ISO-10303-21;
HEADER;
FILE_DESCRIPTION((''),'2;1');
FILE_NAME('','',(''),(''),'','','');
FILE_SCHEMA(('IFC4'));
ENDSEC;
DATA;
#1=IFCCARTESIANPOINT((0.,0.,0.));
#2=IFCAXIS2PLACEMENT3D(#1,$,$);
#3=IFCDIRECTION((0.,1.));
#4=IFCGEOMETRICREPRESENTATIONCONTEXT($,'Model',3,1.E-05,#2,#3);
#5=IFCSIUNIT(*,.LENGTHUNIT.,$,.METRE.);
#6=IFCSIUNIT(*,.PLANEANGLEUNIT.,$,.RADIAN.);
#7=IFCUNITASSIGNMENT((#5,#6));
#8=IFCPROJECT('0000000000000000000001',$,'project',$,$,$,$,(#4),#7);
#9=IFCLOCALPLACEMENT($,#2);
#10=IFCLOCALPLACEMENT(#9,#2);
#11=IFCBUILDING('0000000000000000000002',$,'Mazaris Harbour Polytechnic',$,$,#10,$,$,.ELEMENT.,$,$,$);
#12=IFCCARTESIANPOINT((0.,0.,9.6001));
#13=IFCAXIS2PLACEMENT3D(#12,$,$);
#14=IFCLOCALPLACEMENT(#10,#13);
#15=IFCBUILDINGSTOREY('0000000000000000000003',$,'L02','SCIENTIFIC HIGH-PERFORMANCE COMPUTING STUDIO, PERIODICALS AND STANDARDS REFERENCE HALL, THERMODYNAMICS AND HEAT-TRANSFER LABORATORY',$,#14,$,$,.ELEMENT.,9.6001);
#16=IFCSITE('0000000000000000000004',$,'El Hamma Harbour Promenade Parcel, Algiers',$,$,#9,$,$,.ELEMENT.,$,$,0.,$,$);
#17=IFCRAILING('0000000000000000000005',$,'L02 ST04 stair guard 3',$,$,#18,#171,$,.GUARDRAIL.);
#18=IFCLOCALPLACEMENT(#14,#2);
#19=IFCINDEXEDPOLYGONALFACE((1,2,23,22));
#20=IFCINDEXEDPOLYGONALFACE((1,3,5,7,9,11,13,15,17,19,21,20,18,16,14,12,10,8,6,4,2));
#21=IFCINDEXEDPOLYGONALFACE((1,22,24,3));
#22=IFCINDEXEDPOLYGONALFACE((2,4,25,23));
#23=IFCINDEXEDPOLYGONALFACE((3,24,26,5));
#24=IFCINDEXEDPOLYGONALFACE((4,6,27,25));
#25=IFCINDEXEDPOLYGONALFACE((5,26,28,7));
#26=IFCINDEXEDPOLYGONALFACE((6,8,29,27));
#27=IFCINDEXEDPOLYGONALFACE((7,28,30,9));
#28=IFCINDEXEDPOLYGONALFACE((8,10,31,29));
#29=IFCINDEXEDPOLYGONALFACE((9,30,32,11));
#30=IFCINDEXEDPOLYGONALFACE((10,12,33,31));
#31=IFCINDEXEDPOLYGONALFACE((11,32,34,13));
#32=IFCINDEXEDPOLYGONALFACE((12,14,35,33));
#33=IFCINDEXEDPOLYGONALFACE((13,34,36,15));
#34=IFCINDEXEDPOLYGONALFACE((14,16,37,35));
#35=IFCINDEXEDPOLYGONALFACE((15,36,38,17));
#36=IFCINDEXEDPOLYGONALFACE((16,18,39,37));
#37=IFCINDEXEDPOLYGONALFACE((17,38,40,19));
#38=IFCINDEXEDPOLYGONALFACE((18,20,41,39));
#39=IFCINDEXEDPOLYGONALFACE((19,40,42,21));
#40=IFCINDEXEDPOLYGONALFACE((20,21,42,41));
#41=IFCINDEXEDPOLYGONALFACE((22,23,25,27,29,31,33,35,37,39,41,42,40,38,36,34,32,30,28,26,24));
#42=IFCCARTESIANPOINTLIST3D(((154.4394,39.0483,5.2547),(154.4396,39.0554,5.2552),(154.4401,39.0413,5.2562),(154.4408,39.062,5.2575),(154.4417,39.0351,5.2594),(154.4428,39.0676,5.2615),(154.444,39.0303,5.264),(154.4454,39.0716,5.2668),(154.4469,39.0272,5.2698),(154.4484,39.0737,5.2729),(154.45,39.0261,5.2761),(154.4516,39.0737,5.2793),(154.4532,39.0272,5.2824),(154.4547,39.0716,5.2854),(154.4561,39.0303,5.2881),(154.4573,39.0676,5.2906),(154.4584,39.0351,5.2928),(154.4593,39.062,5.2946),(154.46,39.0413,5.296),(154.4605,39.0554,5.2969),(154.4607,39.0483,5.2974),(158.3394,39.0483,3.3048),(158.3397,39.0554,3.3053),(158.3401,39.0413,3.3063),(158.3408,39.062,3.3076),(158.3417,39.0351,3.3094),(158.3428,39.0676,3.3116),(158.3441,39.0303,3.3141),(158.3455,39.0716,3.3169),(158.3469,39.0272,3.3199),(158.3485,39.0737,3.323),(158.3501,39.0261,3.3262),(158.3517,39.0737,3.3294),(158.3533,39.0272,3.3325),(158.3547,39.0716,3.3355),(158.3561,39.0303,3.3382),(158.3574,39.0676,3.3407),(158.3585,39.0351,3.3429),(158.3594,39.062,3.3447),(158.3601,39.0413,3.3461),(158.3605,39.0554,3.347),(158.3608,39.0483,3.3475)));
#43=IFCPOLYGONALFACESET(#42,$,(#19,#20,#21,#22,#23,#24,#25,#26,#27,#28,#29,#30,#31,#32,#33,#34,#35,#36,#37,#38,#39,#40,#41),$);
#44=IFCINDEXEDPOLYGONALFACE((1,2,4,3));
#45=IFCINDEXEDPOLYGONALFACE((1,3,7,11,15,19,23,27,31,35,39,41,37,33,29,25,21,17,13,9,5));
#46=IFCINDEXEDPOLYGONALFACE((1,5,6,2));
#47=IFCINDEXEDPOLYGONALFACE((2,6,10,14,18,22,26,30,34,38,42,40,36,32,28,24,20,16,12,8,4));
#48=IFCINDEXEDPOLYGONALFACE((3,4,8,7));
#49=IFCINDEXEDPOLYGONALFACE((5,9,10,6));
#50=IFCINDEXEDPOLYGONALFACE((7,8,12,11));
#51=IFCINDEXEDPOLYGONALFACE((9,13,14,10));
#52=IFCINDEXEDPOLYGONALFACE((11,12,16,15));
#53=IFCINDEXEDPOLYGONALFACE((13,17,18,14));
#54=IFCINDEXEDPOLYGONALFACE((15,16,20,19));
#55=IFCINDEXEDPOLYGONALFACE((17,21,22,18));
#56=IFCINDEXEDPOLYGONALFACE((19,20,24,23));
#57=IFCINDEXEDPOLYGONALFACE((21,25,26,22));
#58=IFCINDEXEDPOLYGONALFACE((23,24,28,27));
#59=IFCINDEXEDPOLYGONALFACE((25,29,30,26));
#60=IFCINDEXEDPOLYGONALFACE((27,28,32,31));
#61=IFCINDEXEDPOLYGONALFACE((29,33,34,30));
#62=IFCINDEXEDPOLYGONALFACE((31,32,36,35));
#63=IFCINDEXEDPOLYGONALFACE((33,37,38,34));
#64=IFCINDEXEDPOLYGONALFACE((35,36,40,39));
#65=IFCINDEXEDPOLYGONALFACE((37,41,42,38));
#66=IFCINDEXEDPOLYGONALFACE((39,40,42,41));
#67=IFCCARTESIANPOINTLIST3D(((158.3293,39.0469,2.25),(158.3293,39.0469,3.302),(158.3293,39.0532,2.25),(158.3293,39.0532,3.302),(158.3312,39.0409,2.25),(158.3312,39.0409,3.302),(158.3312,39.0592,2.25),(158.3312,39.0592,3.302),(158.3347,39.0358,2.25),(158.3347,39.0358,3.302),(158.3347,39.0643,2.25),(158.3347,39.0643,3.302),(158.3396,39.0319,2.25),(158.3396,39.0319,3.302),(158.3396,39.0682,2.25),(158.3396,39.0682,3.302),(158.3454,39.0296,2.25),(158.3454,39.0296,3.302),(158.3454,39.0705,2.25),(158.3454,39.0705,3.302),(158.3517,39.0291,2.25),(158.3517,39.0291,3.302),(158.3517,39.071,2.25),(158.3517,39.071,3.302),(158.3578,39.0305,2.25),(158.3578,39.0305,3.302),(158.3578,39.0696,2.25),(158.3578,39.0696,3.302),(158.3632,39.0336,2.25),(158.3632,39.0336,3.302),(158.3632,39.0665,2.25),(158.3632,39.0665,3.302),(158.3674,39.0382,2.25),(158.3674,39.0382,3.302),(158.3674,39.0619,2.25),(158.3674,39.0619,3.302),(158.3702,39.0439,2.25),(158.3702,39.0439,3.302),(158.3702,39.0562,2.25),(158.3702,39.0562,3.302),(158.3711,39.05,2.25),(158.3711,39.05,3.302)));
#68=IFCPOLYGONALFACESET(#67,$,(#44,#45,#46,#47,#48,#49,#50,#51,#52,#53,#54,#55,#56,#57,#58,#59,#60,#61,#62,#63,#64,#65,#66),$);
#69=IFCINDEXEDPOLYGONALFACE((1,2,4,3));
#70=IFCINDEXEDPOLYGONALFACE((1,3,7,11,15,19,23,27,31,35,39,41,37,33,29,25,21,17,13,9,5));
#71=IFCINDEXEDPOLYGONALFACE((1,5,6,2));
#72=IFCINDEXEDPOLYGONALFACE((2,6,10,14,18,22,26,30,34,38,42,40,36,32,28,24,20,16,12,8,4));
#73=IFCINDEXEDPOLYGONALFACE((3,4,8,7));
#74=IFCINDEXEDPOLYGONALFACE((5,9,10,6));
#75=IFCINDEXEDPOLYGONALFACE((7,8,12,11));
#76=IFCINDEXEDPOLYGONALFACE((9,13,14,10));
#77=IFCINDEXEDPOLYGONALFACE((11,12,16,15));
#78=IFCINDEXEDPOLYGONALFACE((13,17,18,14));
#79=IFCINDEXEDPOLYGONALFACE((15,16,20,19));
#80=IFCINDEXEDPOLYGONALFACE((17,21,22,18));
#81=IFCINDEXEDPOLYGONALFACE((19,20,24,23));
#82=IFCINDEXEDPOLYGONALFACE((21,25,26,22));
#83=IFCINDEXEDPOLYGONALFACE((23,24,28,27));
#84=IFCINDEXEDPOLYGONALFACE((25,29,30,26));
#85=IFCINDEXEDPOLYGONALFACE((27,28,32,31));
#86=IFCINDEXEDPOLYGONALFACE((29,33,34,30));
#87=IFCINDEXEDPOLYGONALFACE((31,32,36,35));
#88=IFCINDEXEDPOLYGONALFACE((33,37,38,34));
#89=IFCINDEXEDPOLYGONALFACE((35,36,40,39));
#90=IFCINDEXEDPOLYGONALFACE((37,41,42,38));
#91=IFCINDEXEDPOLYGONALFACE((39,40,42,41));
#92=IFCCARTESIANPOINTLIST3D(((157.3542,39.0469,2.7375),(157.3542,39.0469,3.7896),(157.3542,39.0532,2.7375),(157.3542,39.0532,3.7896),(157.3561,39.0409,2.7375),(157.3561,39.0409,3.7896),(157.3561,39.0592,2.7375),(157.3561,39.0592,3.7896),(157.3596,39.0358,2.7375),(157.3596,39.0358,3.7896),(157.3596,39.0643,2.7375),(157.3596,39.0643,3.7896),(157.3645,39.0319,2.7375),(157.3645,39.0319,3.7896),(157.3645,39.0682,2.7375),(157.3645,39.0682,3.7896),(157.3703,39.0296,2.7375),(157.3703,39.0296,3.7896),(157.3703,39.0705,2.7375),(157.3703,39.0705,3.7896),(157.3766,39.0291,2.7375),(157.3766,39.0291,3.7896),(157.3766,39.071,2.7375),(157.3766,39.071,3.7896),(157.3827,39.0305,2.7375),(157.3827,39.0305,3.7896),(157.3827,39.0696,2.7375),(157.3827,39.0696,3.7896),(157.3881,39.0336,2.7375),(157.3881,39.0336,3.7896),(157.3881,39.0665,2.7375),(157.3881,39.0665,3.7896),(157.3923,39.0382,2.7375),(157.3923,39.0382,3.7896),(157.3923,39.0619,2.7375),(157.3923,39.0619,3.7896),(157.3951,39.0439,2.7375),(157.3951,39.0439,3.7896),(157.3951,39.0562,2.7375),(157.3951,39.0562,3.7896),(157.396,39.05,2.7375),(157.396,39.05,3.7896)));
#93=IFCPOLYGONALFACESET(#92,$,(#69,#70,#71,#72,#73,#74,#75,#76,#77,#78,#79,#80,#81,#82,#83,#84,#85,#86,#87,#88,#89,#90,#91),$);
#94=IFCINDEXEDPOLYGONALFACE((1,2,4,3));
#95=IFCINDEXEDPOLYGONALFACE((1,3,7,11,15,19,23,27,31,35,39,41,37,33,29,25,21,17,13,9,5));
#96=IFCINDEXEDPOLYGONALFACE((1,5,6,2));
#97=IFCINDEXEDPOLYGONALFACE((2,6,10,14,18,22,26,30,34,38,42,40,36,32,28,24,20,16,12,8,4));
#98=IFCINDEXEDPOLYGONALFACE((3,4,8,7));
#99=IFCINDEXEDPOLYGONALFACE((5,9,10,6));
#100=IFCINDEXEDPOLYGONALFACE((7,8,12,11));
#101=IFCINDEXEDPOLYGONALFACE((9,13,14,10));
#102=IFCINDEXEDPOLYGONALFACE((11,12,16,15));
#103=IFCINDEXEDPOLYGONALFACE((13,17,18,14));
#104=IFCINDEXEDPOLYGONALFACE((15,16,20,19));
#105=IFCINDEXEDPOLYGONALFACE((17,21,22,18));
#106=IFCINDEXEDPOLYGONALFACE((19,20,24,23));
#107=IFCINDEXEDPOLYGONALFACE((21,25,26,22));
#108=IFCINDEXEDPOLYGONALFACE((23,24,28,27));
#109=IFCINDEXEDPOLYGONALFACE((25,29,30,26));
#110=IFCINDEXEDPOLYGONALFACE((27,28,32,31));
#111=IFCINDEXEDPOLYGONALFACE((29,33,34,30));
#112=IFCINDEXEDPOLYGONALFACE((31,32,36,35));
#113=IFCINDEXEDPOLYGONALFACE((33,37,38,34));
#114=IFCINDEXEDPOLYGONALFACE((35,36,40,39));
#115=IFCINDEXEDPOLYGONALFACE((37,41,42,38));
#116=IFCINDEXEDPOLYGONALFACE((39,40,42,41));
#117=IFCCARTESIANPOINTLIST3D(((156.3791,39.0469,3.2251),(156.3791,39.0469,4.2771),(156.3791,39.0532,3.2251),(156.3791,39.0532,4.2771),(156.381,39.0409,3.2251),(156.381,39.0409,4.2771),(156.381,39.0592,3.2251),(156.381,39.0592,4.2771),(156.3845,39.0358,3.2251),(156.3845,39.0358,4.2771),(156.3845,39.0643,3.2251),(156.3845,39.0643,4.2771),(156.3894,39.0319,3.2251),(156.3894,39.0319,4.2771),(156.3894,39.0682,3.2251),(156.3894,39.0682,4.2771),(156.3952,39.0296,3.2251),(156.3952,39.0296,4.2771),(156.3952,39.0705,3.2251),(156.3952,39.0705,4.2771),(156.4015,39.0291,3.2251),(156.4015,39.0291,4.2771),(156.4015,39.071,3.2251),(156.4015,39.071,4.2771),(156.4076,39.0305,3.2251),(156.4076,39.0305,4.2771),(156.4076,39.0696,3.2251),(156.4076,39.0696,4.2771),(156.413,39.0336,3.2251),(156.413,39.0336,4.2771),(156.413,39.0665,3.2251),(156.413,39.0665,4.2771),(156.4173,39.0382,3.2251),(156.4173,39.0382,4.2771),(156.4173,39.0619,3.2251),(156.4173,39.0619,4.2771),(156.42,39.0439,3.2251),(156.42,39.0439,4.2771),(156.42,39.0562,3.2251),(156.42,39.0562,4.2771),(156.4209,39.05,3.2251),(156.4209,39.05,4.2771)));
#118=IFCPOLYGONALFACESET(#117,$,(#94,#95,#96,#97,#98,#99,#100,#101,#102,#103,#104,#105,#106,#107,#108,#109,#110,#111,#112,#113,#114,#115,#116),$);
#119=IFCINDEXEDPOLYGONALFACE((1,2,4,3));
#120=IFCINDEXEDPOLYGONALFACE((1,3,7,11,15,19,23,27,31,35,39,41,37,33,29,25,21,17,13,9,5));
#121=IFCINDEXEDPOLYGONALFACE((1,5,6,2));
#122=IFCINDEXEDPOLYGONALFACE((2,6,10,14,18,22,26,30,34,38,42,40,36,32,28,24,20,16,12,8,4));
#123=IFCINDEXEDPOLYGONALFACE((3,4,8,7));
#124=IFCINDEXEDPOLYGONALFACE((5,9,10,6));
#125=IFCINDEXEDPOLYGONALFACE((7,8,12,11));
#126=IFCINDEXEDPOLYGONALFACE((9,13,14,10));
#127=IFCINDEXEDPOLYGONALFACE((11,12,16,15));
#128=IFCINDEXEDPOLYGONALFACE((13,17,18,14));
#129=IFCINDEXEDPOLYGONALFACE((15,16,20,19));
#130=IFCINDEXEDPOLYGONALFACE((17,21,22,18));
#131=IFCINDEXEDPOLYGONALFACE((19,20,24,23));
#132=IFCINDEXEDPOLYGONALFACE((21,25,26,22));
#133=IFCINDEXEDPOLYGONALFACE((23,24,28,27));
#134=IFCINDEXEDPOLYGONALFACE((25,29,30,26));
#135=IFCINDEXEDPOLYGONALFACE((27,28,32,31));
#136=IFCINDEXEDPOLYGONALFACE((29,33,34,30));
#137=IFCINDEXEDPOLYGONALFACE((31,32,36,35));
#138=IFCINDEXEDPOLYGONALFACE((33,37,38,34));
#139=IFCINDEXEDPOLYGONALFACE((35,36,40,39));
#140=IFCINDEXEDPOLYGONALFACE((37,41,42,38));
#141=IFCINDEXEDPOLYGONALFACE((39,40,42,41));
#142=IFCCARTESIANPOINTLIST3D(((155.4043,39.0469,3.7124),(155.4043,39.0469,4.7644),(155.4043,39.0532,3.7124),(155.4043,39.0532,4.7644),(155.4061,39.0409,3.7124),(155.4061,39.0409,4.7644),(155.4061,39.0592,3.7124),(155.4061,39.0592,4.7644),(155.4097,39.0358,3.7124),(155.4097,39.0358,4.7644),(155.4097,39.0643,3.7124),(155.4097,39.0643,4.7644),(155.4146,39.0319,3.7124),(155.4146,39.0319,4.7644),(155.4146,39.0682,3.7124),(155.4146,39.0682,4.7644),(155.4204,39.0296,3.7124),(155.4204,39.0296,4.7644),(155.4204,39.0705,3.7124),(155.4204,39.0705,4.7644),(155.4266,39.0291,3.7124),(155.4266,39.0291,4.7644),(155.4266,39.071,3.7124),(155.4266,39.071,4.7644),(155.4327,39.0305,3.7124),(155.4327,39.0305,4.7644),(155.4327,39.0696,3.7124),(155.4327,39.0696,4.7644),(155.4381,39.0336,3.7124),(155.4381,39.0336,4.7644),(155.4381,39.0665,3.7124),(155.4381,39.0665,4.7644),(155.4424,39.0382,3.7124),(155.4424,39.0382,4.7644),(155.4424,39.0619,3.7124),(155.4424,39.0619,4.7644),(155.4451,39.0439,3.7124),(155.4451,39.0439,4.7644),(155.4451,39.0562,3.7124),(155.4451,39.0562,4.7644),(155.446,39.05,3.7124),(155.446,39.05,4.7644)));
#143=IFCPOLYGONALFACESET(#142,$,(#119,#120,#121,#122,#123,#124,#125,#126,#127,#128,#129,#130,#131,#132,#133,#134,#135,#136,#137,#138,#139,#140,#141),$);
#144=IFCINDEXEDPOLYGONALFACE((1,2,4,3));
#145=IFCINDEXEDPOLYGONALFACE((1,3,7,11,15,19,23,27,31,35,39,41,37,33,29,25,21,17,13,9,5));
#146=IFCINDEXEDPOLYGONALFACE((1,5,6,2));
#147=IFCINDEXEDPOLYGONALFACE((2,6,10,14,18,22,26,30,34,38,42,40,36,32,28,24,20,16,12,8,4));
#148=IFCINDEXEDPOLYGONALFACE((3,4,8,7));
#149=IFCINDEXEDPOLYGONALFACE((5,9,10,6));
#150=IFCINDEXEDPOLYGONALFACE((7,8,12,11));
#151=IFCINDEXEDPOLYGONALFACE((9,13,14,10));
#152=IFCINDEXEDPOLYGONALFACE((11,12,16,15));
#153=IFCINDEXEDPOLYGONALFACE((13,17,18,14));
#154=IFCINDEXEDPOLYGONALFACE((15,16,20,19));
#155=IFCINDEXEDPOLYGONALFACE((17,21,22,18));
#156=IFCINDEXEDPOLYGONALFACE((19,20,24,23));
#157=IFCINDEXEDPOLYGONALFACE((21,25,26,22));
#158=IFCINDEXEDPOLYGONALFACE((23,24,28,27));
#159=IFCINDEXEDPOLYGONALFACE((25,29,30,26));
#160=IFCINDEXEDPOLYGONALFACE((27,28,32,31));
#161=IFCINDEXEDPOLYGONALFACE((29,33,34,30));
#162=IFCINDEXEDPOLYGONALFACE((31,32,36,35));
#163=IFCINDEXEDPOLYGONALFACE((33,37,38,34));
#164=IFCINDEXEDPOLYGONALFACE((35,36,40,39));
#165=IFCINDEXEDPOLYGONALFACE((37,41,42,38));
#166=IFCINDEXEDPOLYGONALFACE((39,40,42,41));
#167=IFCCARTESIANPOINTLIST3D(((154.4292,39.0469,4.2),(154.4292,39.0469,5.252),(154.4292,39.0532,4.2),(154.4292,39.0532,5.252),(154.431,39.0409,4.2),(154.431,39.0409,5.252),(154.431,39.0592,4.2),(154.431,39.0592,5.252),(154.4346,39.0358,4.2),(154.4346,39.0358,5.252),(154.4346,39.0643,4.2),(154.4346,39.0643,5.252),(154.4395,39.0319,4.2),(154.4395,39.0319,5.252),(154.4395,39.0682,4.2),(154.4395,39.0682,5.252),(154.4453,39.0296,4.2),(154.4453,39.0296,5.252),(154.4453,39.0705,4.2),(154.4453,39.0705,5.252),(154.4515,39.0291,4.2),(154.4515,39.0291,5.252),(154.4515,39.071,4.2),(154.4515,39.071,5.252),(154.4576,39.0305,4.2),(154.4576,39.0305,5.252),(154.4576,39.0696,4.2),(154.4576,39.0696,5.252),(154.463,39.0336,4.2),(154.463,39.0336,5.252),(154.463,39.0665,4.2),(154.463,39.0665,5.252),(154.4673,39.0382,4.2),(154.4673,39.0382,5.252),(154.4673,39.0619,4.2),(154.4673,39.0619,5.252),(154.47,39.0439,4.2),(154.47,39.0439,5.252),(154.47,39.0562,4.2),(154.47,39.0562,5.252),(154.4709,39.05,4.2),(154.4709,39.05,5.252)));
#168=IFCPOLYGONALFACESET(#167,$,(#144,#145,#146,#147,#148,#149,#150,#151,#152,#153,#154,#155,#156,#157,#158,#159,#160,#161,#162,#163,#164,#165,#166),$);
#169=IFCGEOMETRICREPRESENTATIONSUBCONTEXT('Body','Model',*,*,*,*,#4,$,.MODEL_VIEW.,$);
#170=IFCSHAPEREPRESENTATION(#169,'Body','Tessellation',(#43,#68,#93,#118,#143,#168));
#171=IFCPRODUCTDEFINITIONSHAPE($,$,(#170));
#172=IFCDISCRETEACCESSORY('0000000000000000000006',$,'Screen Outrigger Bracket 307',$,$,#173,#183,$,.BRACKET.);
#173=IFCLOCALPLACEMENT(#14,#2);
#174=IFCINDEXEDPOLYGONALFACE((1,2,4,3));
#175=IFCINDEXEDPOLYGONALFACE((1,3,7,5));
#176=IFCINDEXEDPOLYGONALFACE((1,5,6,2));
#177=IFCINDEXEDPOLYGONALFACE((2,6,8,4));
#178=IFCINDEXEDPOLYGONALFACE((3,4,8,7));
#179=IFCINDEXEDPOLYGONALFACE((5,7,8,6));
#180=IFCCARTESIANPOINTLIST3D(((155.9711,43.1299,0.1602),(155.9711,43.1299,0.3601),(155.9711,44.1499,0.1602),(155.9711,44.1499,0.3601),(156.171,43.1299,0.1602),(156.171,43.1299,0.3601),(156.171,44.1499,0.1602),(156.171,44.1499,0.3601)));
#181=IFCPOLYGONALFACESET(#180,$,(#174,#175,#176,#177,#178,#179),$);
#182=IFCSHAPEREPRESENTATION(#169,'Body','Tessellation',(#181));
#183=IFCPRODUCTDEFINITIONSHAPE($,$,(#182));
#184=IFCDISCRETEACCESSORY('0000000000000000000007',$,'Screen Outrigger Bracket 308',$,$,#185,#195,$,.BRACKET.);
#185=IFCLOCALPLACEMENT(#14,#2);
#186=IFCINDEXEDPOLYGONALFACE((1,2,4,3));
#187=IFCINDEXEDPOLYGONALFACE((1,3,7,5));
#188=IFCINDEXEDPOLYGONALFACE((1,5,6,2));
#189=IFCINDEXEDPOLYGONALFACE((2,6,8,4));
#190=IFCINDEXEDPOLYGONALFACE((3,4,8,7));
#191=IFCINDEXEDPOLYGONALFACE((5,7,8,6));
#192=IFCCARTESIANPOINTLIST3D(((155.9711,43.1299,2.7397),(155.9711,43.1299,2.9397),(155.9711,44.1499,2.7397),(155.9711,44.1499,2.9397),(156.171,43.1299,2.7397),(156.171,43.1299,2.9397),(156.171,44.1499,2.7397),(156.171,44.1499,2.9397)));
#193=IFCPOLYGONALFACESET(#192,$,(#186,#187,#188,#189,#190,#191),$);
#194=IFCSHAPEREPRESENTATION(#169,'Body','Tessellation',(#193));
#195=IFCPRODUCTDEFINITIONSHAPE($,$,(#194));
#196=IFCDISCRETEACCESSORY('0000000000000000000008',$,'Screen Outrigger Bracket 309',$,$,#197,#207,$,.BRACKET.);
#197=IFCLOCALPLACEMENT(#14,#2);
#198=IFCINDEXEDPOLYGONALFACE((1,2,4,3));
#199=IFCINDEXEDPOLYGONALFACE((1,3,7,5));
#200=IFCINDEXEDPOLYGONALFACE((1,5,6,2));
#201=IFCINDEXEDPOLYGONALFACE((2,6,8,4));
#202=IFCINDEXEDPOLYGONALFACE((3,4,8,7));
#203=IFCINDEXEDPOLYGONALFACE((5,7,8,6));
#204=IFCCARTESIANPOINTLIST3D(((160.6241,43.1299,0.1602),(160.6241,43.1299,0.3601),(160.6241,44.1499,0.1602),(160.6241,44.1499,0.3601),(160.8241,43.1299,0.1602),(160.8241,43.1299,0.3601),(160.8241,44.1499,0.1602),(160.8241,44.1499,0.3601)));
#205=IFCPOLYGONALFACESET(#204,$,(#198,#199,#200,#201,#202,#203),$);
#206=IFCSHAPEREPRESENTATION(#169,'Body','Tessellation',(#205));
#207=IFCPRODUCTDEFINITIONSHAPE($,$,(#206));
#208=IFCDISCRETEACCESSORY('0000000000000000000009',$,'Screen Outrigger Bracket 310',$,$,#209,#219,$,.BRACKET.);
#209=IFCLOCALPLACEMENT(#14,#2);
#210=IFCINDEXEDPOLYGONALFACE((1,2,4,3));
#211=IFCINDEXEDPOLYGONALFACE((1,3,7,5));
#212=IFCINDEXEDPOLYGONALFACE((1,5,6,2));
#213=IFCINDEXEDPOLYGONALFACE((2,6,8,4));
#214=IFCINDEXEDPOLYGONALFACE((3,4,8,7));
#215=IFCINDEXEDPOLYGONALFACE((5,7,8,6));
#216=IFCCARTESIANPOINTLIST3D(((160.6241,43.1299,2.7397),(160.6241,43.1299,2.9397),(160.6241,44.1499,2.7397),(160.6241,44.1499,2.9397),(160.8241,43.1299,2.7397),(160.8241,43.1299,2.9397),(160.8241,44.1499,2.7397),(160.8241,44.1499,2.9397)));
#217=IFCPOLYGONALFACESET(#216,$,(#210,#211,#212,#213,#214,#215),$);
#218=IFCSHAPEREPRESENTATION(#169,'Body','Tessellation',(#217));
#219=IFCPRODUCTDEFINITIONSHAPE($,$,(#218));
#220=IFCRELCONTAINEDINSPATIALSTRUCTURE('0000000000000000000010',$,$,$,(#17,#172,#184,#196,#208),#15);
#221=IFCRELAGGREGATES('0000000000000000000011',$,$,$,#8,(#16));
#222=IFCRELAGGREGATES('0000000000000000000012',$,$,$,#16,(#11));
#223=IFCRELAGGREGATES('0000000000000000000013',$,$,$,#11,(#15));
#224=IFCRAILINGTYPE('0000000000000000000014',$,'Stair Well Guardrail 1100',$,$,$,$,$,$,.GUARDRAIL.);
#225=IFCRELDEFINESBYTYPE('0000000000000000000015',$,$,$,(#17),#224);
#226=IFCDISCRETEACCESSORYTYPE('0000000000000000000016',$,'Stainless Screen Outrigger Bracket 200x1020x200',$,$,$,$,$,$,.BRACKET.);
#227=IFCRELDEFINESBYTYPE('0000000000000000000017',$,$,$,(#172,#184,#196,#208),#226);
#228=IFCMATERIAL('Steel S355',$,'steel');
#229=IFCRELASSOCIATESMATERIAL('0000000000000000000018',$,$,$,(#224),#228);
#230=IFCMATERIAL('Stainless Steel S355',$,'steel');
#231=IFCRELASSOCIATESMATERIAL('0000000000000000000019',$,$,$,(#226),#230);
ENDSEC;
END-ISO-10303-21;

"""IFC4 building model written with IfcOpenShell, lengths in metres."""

from ifc_helpers import new_model, si_unit, direction, frame, origin, origin_2d, place, context, subcontext, project, spatial, rectangle, circle, extrude, material, type_object, element, save


model = new_model("IFC4")

# Units and contexts
model_context = context("Model", 3, precision=1e-05, world=origin(), true_north=direction((0.0, 1.0)))
body_context = subcontext(model_context, "Body", "Model", "MODEL_VIEW")
ifc_project = project(units=[si_unit("LENGTHUNIT", "METRE"), si_unit("PLANEANGLEUNIT", "RADIAN")], contexts=[model_context])

# Site, building, storey
site_placement = place(None, origin())
site = spatial("IfcSite", under=ifc_project, at=site_placement, Name="El Hamma Harbour Promenade Parcel, Algiers", CompositionType="ELEMENT", RefElevation=0.0)
building_placement = place(site_placement, origin())
building = spatial("IfcBuilding", under=site, at=building_placement, Name="Mazaris Harbour Polytechnic", CompositionType="ELEMENT")
storey_placement = place(building_placement, frame((0.0, 0.0, 9.6001)))
storey = spatial("IfcBuildingStorey", under=building, at=storey_placement, Name="L02", Description="SCIENTIFIC HIGH-PERFORMANCE COMPUTING STUDIO, PERIODICALS AND STANDARDS REFERENCE HALL, THERMODYNAMICS AND HEAT-TRANSFER LABORATORY", CompositionType="ELEMENT", Elevation=9.6001)

# Railing
ifc_material_1 = material(Name="Steel S355", Category="steel")
railing_type_1 = type_object("IfcRailingType", Name="Stair Well Guardrail 1100", PredefinedType="GUARDRAIL", material=ifc_material_1)
railing_1_placement = place(storey_placement, frame((158.3501, 39.05, 2.25)))
element("IfcRailing", 1, at=railing_1_placement, inside=storey, type_object=railing_type_1, Name="L02 ST04 stair guard 3", PredefinedType="GUARDRAIL", context=body_context, shape_type="SweptSolid", body=[
    extrude(circle(Radius=0.0239, at=origin_2d()), frame((0.0, 0.0, 1.0762), z_axis=(-0.894438, 0.0, 0.447191), x_axis=(0.0, -1.0, 0.0)), (0.0, 0.0, 1.0), 4.3604),
    extrude(circle(Radius=0.021, at=origin_2d()), origin(), (0.0, 0.0, 1.0), 1.052),
    extrude(circle(Radius=0.021, at=origin_2d()), frame((-0.9751, 0.0, 0.4875)), (0.0, 0.0, 1.0), 1.052),
    extrude(circle(Radius=0.021, at=origin_2d()), frame((-1.9502, 0.0, 0.9751)), (0.0, 0.0, 1.0), 1.052),
    extrude(circle(Radius=0.021, at=origin_2d()), frame((-2.925, 0.0, 1.4624)), (0.0, 0.0, 1.0), 1.052),
    extrude(circle(Radius=0.021, at=origin_2d()), frame((-3.9001, 0.0, 1.95)), (0.0, 0.0, 1.0), 1.052),
])

# Discrete accessories
ifc_material_2 = material(Name="Stainless Steel S355", Category="steel")
discrete_accessory_type = type_object("IfcDiscreteAccessoryType", Name="Stainless Screen Outrigger Bracket 200x1020x200", PredefinedType="BRACKET", material=ifc_material_2)
for number, where, z_axis, x_axis, name in (
    (2, (156.071, 43.6399, 0.1602), (0.0, 0.0, 1.0), (1.0, 0.0, 0.0), "Screen Outrigger Bracket 307"),
    (3, (156.071, 43.6399, 2.7397), (0.0, 0.0, 1.0), (1.0, 0.0, 0.0), "Screen Outrigger Bracket 308"),
    (4, (160.7241, 43.6399, 0.1602), (0.0, 0.0, 1.0), (1.0, 0.0, 0.0), "Screen Outrigger Bracket 309"),
    (5, (160.7241, 43.6399, 2.7397), (0.0, 0.0, 1.0), (1.0, 0.0, 0.0), "Screen Outrigger Bracket 310"),
):
    element("IfcDiscreteAccessory", number, at=place(storey_placement, frame(where, z_axis=z_axis, x_axis=x_axis)), inside=storey, type_object=discrete_accessory_type, Name=name, PredefinedType="BRACKET", context=body_context, shape_type="SweptSolid", body=[
        extrude(rectangle(XDim=0.2, YDim=1.02, at=origin_2d()), origin(), (0.0, 0.0, 1.0), 0.2),
    ])

save(model, "model.ifc")
